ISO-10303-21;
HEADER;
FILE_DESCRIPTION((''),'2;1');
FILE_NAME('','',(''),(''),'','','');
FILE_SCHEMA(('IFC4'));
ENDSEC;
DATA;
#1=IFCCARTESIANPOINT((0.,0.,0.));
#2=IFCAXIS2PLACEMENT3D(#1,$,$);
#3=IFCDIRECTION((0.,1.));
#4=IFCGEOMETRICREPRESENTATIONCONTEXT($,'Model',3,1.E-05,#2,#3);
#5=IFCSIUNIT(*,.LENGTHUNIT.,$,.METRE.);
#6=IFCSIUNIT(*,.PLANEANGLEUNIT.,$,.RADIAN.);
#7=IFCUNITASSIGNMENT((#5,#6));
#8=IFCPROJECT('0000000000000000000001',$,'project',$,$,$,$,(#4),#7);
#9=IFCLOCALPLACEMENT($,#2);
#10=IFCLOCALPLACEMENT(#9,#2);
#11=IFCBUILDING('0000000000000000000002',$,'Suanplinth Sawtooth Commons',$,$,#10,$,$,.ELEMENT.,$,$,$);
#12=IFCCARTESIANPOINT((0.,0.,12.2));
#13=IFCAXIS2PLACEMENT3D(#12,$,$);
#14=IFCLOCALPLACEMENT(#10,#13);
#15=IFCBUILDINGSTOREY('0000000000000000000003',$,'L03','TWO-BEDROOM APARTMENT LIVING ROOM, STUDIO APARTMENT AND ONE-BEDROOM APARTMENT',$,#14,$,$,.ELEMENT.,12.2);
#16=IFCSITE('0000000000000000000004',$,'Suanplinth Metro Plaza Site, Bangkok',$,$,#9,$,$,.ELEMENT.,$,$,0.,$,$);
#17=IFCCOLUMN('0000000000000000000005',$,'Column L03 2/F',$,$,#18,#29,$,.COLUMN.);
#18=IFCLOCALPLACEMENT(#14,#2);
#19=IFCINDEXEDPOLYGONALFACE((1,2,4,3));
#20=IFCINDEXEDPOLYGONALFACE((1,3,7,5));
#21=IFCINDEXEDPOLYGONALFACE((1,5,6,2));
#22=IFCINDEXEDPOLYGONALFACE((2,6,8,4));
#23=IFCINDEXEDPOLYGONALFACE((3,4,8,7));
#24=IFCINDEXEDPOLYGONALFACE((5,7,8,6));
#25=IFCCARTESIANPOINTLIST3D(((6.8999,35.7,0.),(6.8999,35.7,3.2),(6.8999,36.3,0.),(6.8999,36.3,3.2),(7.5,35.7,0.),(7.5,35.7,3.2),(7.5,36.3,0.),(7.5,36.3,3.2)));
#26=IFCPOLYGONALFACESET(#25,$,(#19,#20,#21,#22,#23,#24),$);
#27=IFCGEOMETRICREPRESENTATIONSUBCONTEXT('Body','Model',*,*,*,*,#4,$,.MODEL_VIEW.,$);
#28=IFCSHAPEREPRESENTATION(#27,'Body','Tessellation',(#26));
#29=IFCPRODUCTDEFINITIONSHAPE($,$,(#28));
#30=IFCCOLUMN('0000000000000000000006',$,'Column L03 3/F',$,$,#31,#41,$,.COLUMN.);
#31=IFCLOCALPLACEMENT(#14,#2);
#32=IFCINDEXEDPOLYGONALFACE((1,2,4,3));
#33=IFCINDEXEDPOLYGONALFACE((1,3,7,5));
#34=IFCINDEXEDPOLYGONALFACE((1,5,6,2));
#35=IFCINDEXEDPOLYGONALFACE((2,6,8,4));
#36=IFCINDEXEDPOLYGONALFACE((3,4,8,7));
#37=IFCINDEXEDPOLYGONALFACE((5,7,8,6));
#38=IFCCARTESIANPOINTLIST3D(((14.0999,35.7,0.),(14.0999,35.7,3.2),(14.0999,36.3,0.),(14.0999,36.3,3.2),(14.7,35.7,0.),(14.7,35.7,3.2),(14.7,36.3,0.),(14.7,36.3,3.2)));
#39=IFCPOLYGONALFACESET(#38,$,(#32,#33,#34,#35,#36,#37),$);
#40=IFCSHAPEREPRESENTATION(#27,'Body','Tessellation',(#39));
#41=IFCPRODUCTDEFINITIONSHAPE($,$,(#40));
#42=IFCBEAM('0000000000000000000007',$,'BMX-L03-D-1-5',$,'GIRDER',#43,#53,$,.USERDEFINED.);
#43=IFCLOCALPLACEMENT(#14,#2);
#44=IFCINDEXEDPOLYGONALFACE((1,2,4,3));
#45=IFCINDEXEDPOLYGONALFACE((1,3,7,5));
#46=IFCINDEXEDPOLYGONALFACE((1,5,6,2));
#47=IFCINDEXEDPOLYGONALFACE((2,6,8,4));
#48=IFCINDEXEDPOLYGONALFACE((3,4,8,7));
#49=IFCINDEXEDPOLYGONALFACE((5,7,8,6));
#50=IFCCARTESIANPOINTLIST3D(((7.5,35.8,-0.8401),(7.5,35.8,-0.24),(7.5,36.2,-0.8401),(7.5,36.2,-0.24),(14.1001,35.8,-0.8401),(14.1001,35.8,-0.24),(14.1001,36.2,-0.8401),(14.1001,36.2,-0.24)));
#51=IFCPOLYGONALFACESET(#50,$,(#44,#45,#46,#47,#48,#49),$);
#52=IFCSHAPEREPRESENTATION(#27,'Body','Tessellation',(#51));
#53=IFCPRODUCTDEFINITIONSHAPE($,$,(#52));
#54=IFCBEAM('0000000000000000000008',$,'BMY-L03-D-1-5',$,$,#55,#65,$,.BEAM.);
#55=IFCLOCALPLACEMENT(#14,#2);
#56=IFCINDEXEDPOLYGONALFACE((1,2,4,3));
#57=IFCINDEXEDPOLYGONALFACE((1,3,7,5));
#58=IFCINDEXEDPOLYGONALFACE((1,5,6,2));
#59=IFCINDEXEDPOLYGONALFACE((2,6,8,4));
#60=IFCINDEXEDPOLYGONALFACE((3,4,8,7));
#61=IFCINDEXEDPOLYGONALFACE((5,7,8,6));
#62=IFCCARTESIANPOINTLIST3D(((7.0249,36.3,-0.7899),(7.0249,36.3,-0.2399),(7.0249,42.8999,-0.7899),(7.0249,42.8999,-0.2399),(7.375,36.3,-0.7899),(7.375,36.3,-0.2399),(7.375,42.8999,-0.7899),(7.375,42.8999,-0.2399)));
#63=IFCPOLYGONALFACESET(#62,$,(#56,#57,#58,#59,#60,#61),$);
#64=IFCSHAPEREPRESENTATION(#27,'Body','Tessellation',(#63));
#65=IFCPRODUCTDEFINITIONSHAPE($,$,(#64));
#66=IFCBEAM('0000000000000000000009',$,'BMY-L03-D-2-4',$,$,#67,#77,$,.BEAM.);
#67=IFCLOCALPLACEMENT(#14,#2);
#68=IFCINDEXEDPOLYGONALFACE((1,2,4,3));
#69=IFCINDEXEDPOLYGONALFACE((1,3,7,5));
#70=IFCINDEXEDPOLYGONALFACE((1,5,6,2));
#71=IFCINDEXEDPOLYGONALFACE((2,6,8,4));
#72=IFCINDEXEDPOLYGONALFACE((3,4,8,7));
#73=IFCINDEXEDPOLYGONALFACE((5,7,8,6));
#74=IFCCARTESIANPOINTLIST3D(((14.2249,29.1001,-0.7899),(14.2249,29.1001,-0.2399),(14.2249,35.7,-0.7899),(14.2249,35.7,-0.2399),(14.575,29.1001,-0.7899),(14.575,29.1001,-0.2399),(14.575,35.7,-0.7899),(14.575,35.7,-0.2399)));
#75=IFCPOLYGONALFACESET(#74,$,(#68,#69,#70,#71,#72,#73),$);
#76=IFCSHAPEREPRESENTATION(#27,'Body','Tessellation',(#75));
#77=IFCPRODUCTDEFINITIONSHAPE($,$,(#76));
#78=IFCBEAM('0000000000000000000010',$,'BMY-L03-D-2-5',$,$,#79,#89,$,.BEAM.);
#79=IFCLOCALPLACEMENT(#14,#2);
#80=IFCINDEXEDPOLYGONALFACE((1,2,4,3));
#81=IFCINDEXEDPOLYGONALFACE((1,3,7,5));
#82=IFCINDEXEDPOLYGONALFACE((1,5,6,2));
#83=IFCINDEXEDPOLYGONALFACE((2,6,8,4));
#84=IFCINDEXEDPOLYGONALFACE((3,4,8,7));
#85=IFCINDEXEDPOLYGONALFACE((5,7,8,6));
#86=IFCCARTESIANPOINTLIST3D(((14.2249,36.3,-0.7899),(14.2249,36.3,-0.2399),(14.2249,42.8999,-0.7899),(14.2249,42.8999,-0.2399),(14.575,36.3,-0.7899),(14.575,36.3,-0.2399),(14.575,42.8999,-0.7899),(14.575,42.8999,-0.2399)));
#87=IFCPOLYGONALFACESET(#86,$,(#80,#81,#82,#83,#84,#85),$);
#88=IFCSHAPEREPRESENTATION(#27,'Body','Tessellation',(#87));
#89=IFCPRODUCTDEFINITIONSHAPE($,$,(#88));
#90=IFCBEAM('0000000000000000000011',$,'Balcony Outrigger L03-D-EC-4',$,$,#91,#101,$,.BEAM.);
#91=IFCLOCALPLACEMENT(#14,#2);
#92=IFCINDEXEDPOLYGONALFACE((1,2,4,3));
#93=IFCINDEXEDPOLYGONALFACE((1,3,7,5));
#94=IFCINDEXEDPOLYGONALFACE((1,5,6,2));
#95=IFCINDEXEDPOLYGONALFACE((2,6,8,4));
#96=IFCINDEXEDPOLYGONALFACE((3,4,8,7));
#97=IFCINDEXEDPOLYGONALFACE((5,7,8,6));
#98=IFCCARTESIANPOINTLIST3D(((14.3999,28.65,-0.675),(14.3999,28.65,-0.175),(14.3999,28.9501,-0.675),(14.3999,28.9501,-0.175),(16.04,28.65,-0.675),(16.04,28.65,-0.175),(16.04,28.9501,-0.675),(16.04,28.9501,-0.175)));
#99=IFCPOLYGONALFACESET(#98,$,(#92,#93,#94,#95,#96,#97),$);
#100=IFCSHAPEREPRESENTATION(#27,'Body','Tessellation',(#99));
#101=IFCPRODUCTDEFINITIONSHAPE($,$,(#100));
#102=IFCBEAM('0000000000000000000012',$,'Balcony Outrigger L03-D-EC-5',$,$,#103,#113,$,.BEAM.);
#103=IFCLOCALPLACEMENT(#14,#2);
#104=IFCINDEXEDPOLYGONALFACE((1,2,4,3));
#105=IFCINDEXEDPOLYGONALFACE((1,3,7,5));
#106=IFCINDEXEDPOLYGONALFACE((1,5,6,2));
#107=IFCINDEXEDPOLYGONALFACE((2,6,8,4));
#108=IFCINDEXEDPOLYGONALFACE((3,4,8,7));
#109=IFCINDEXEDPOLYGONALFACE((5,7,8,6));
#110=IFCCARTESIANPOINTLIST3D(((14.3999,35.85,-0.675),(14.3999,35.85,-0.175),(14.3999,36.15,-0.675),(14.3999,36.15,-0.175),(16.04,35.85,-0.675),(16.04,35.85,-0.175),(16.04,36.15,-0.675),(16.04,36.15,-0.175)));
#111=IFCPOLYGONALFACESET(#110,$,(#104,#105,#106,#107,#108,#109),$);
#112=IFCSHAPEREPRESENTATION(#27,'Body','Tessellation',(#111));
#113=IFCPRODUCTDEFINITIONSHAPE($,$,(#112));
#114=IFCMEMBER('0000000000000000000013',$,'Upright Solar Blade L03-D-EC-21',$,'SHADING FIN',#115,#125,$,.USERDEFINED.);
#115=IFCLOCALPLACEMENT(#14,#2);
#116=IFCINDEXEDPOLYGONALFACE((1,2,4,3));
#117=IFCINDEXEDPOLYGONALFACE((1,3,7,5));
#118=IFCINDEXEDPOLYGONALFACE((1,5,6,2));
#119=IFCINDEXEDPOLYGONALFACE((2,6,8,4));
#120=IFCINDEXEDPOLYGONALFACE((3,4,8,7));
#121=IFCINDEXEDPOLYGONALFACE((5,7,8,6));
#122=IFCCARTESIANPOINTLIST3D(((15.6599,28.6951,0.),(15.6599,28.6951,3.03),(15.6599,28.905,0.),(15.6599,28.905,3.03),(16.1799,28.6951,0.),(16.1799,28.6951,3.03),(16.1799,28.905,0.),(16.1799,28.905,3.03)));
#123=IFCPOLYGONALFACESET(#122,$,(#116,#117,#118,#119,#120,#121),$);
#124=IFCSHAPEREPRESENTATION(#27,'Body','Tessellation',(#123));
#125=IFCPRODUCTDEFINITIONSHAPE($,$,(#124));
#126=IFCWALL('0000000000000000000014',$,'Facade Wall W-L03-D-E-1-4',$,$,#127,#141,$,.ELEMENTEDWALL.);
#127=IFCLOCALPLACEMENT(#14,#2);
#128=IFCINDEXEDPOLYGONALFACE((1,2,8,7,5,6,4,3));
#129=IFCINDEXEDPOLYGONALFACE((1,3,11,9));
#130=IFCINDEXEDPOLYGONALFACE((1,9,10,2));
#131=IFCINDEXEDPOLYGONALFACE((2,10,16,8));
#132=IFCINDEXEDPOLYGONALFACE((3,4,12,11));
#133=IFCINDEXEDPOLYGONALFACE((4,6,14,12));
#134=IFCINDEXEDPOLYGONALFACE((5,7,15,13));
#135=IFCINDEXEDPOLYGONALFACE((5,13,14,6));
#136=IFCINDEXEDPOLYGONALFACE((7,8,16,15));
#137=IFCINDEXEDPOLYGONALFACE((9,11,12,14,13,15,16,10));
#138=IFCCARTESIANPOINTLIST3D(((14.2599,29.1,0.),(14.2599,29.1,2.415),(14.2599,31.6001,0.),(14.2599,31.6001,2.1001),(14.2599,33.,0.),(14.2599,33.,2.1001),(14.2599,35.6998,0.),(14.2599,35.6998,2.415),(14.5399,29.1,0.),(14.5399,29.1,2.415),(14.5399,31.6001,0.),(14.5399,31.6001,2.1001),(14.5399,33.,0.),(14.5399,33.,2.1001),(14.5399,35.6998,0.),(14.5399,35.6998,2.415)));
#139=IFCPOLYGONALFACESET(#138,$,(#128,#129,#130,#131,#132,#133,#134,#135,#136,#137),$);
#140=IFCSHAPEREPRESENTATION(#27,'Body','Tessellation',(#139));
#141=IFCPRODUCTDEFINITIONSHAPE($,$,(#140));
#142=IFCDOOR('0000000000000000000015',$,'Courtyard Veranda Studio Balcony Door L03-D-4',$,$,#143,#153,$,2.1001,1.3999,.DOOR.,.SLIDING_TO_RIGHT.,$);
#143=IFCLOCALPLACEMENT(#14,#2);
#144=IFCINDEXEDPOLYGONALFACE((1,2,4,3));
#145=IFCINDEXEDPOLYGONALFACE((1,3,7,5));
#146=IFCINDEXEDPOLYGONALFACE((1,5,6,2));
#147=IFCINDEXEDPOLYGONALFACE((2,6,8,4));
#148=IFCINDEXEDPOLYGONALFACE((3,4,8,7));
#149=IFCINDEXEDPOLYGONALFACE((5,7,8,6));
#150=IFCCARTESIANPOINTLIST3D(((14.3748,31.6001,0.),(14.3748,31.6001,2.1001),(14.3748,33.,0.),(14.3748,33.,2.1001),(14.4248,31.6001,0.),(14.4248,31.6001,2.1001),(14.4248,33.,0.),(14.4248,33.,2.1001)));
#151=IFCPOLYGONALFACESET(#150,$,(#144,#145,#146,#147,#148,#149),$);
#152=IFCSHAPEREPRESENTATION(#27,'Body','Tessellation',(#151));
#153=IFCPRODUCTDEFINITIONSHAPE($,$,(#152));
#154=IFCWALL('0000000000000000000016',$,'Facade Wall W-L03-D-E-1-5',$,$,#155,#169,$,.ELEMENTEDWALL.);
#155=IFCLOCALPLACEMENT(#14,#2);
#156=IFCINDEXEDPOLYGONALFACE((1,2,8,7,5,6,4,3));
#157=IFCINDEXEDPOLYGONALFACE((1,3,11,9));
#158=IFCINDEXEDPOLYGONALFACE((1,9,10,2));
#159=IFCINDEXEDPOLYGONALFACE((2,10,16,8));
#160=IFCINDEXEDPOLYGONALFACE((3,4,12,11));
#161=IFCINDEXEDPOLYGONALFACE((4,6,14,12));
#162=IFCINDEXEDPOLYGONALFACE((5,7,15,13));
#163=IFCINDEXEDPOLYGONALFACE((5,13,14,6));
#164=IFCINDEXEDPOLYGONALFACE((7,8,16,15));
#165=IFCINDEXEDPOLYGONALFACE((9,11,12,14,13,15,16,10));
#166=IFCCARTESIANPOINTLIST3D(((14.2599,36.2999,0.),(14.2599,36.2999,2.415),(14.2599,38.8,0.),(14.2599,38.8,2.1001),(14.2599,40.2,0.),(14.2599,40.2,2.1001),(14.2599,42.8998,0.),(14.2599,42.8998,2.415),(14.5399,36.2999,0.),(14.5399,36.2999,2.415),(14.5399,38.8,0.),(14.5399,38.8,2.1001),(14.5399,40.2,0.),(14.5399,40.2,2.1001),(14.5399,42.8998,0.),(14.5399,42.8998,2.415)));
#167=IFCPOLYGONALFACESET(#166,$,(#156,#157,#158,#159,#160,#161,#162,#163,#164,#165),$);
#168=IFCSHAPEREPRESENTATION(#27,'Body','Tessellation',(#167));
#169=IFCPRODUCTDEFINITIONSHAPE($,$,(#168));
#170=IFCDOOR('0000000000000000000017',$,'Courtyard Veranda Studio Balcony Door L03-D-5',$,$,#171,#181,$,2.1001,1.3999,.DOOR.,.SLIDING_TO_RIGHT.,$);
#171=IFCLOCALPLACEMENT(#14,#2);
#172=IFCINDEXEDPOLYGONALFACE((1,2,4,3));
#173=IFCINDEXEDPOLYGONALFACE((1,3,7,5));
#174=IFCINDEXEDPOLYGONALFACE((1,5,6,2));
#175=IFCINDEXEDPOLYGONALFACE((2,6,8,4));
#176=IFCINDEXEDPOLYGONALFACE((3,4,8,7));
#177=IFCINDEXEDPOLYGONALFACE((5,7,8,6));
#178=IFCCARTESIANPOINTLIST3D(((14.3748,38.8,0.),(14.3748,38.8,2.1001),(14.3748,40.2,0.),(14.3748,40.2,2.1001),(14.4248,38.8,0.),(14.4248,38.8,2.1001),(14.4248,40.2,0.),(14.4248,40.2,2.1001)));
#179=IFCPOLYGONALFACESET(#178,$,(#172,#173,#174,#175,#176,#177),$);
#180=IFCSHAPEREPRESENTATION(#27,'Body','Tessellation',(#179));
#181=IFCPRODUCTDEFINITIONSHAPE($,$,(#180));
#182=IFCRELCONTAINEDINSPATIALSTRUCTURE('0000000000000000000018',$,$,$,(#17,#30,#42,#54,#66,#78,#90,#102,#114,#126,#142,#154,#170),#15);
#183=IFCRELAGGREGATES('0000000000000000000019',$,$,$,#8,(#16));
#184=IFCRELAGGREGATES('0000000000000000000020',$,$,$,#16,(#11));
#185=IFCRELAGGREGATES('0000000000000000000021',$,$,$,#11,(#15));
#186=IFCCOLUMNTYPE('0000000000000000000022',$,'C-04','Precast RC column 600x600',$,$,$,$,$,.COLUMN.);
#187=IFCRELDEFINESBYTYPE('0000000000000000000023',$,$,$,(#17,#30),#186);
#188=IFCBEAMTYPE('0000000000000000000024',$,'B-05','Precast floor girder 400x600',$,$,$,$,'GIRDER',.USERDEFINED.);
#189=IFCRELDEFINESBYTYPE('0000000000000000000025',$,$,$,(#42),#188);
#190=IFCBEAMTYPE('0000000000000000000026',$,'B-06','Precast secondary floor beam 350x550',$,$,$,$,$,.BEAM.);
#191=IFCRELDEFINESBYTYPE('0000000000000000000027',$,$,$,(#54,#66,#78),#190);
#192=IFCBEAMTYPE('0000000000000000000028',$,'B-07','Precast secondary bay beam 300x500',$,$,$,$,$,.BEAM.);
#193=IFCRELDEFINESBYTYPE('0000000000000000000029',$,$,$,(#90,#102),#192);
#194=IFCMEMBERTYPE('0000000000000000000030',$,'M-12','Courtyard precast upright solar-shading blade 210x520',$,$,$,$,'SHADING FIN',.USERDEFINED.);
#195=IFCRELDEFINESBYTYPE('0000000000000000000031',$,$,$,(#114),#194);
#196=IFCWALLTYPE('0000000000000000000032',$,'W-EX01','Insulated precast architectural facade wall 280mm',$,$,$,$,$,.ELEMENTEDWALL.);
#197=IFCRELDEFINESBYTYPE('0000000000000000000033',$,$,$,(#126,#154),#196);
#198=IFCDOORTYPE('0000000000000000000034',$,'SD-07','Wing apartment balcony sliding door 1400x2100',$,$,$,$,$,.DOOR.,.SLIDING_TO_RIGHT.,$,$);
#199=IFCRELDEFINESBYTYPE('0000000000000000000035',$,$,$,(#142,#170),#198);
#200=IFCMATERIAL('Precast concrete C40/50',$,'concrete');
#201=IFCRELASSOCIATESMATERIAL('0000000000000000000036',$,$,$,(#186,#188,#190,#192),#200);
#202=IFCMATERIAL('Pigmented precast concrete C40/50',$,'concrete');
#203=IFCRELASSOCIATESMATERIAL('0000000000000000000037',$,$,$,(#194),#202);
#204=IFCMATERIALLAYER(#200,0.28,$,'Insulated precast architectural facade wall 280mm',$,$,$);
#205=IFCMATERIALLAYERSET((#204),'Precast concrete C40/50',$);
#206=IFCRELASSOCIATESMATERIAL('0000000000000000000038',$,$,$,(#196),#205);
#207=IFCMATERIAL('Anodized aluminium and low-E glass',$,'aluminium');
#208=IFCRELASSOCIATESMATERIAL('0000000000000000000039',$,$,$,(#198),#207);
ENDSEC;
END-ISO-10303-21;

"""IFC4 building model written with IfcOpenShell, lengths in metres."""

from ifc_helpers import new_model, si_unit, direction, frame, frame_2d, origin, origin_2d, place, context, subcontext, project, spatial, rectangle, extrude, material, layer, layer_set, material_profile, profile_set, type_object, element, fill, save


model = new_model("IFC4")

# Units and contexts
model_context = context("Model", 3, precision=1e-05, world=origin(), true_north=direction((0.0, 1.0)))
body_context = subcontext(model_context, "Body", "Model", "MODEL_VIEW")
ifc_project = project(units=[si_unit("LENGTHUNIT", "METRE"), si_unit("PLANEANGLEUNIT", "RADIAN")], contexts=[model_context])

# Site, building, storey
site_placement = place(None, origin())
site = spatial("IfcSite", under=ifc_project, at=site_placement, Name="Suanplinth Metro Plaza Site, Bangkok", CompositionType="ELEMENT", RefElevation=0.0)
building_placement = place(site_placement, origin())
building = spatial("IfcBuilding", under=site, at=building_placement, Name="Suanplinth Sawtooth Commons", CompositionType="ELEMENT")
storey_placement = place(building_placement, frame((0.0, 0.0, 12.2)))
storey = spatial("IfcBuildingStorey", under=building, at=storey_placement, Name="L03", Description="TWO-BEDROOM APARTMENT LIVING ROOM, STUDIO APARTMENT AND ONE-BEDROOM APARTMENT", CompositionType="ELEMENT", Elevation=12.2)

# Columns
ifc_material_1 = material(Name="Precast concrete C40/50", Category="concrete")
ifc_material_profile_1 = material_profile(ifc_material_1, rectangle(XDim=0.6001, YDim=0.6001, at=origin_2d()), Name="PC-COL 600x600")
ifc_profile_set_1 = profile_set([ifc_material_profile_1], Name="Precast concrete C40/50")
column_type = type_object("IfcColumnType", Name="C-04", Description="Precast RC column 600x600", PredefinedType="COLUMN", material=ifc_profile_set_1)
for number, where, z_axis, x_axis, name in (
    (1, (7.2, 36.0, 0.0), (0.0, 0.0, 1.0), (1.0, 0.0, 0.0), "Column L03 2/F"),
    (2, (14.3999, 36.0, 0.0), (0.0, 0.0, 1.0), (1.0, 0.0, 0.0), "Column L03 3/F"),
):
    element("IfcColumn", number, at=place(storey_placement, frame(where, z_axis=z_axis, x_axis=x_axis)), inside=storey, type_object=column_type, Name=name, PredefinedType="COLUMN", context=body_context, shape_type="SweptSolid", body=[
        extrude(rectangle(XDim=0.6001, YDim=0.6001, at=origin_2d()), origin(), (0.0, 0.0, 1.0), 3.2),
    ])

# Beams
ifc_material_profile_2 = material_profile(ifc_material_1, rectangle(XDim=0.3999, YDim=0.6001, at=origin_2d()), Name="PC-GDR 400x600")
ifc_profile_set_2 = profile_set([ifc_material_profile_2], Name="Precast concrete C40/50")
beam_type_1 = type_object("IfcBeamType", Name="B-05", Description="Precast floor girder 400x600", ElementType="GIRDER", PredefinedType="USERDEFINED", material=ifc_profile_set_2)
beam_placement = place(storey_placement, frame((7.5, 36.0, -0.54), z_axis=(1.0, 0.0, 0.0), x_axis=(0.0, 1.0, 0.0)))
element("IfcBeam", 3, at=beam_placement, inside=storey, type_object=beam_type_1, Name="BMX-L03-D-1-5", ObjectType="GIRDER", PredefinedType="USERDEFINED", context=body_context, shape_type="SweptSolid", body=[
    extrude(rectangle(XDim=0.3999, YDim=0.6001, at=origin_2d()), origin(), (0.0, 0.0, 1.0), 6.6001),
])
ifc_material_profile_3 = material_profile(ifc_material_1, rectangle(XDim=0.3501, YDim=0.55, at=origin_2d()), Name="PC-BM 350x550")
ifc_profile_set_3 = profile_set([ifc_material_profile_3], Name="Precast concrete C40/50")
beam_type_2 = type_object("IfcBeamType", Name="B-06", Description="Precast secondary floor beam 350x550", PredefinedType="BEAM", material=ifc_profile_set_3)
for number, where, z_axis, x_axis, name in (
    (4, (7.2, 36.3, -0.5149), (0.0, 1.0, 0.0), (-1.0, 0.0, 0.0), "BMY-L03-D-1-5"),
    (5, (14.3999, 29.1001, -0.5149), (0.0, 1.0, 0.0), (-1.0, 0.0, 0.0), "BMY-L03-D-2-4"),
    (6, (14.3999, 36.3, -0.5149), (0.0, 1.0, 0.0), (-1.0, 0.0, 0.0), "BMY-L03-D-2-5"),
):
    element("IfcBeam", number, at=place(storey_placement, frame(where, z_axis=z_axis, x_axis=x_axis)), inside=storey, type_object=beam_type_2, Name=name, PredefinedType="BEAM", context=body_context, shape_type="SweptSolid", body=[
        extrude(rectangle(XDim=0.3501, YDim=0.55, at=origin_2d()), origin(), (0.0, 0.0, 1.0), 6.5999),
    ])
ifc_material_profile_4 = material_profile(ifc_material_1, rectangle(XDim=0.3, YDim=0.5, at=origin_2d()), Name="PC-BM 300x500")
ifc_profile_set_4 = profile_set([ifc_material_profile_4], Name="Precast concrete C40/50")
beam_type_3 = type_object("IfcBeamType", Name="B-07", Description="Precast secondary bay beam 300x500", PredefinedType="BEAM", material=ifc_profile_set_4)
for number, where, z_axis, x_axis, name in (
    (7, (14.3999, 28.8, -0.425), (1.0, 0.0, 0.0), (0.0, 1.0, 0.0), "Balcony Outrigger L03-D-EC-4"),
    (8, (14.3999, 36.0, -0.425), (1.0, 0.0, 0.0), (0.0, 1.0, 0.0), "Balcony Outrigger L03-D-EC-5"),
):
    element("IfcBeam", number, at=place(storey_placement, frame(where, z_axis=z_axis, x_axis=x_axis)), inside=storey, type_object=beam_type_3, Name=name, PredefinedType="BEAM", context=body_context, shape_type="SweptSolid", body=[
        extrude(rectangle(XDim=0.3, YDim=0.5, at=origin_2d()), origin(), (0.0, 0.0, 1.0), 1.6401),
    ])

# Member
ifc_material_2 = material(Name="Pigmented precast concrete C40/50", Category="concrete")
ifc_material_profile_5 = material_profile(ifc_material_2, rectangle(XDim=0.21, YDim=0.52, at=origin_2d()), Name="PC-FIN 210x520")
ifc_profile_set_5 = profile_set([ifc_material_profile_5], Name="Pigmented precast concrete C40/50")
member_type = type_object("IfcMemberType", Name="M-12", Description="Courtyard precast upright solar-shading blade 210x520", ElementType="SHADING FIN", PredefinedType="USERDEFINED", material=ifc_profile_set_5)
member_placement = place(storey_placement, frame((15.9199, 28.8, 0.0), z_axis=(0.0, 0.0, 1.0), x_axis=(0.0, 1.0, 0.0)))
element("IfcMember", 9, at=member_placement, inside=storey, type_object=member_type, Name="Upright Solar Blade L03-D-EC-21", ObjectType="SHADING FIN", PredefinedType="USERDEFINED", context=body_context, shape_type="SweptSolid", body=[
    extrude(rectangle(XDim=0.21, YDim=0.52, at=origin_2d()), origin(), (0.0, 0.0, 1.0), 3.03),
])

# Walls, openings, doors
ifc_layer_1 = layer(ifc_material_1, 0.28, Name="Insulated precast architectural facade wall 280mm")
ifc_layer_set_1 = layer_set([ifc_layer_1], Name="Precast concrete C40/50")
wall_type_1 = type_object("IfcWallType", Name="W-EX01", Description="Insulated precast architectural facade wall 280mm", PredefinedType="ELEMENTEDWALL", material=ifc_layer_set_1)
wall_1_placement = place(storey_placement, frame((14.3999, 29.1001, 0.0), z_axis=(0.0, 0.0, 1.0), x_axis=(0.0, 1.0, 0.0)))
wall_1 = element("IfcWall", 10, at=wall_1_placement, inside=storey, type_object=wall_type_1, Name="Facade Wall W-L03-D-E-1-4", PredefinedType="ELEMENTEDWALL", context=body_context, shape_type="SweptSolid", body=[
    extrude(rectangle(XDim=6.5999, YDim=0.28, at=frame_2d((3.2998, 0.0))), origin(), (0.0, 0.0, 1.0), 2.415),
])
opening_1_placement = place(wall_1_placement, frame((2.5, 0.0, 0.0)))
opening_1 = element("IfcOpeningElement", 11, at=opening_1_placement, cuts=wall_1, PredefinedType="OPENING", context=body_context, shape_type="SweptSolid", body=[
    extrude(rectangle(XDim=1.3999, YDim=2.1001, at=frame_2d((0.7, 1.05))), frame((0.0, 0.1548, 0.0), z_axis=(0.0, -1.0, 0.0), x_axis=(1.0, 0.0, 0.0)), (0.0, 0.0, 1.0), 0.3098),
])
ifc_material_3 = material(Name="Anodized aluminium and low-E glass", Category="aluminium")
door_type_1 = type_object("IfcDoorType", Name="SD-07", Description="Wing apartment balcony sliding door 1400x2100", OperationType="SLIDING_TO_RIGHT", PredefinedType="DOOR", material=ifc_material_3)
door_1_placement = place(opening_1_placement, frame((1.3999, 0.0, 0.0), z_axis=(0.0, 0.0, 1.0), x_axis=(-1.0, 0.0, 0.0)))
door_1 = element("IfcDoor", 12, at=door_1_placement, inside=storey, type_object=door_type_1, Name="Courtyard Veranda Studio Balcony Door L03-D-4", OperationType="SLIDING_TO_RIGHT", OverallHeight=2.1001, OverallWidth=1.3999, PredefinedType="DOOR", context=body_context, shape_type="SweptSolid", body=[
    extrude(rectangle(XDim=1.3999, YDim=2.1001, at=frame_2d((0.7, 1.05))), frame((0.0, 0.0249, 0.0), z_axis=(0.0, -1.0, 0.0), x_axis=(1.0, 0.0, 0.0)), (0.0, 0.0, 1.0), 0.05),
])
fill(opening_1, door_1)
wall_2_placement = place(storey_placement, frame((14.3999, 36.3, 0.0), z_axis=(0.0, 0.0, 1.0), x_axis=(0.0, 1.0, 0.0)))
wall_2 = element("IfcWall", 13, at=wall_2_placement, inside=storey, type_object=wall_type_1, Name="Facade Wall W-L03-D-E-1-5", PredefinedType="ELEMENTEDWALL", context=body_context, shape_type="SweptSolid", body=[
    extrude(rectangle(XDim=6.5999, YDim=0.28, at=frame_2d((3.2998, 0.0))), origin(), (0.0, 0.0, 1.0), 2.415),
])
opening_2_placement = place(wall_2_placement, frame((2.5, 0.0, 0.0)))
opening_2 = element("IfcOpeningElement", 14, at=opening_2_placement, cuts=wall_2, PredefinedType="OPENING", context=body_context, shape_type="SweptSolid", body=[
    extrude(rectangle(XDim=1.3999, YDim=2.1001, at=frame_2d((0.7, 1.05))), frame((0.0, 0.1548, 0.0), z_axis=(0.0, -1.0, 0.0), x_axis=(1.0, 0.0, 0.0)), (0.0, 0.0, 1.0), 0.3098),
])
door_2_placement = place(opening_2_placement, frame((1.3999, 0.0, 0.0), z_axis=(0.0, 0.0, 1.0), x_axis=(-1.0, 0.0, 0.0)))
door_2 = element("IfcDoor", 15, at=door_2_placement, inside=storey, type_object=door_type_1, Name="Courtyard Veranda Studio Balcony Door L03-D-5", OperationType="SLIDING_TO_RIGHT", OverallHeight=2.1001, OverallWidth=1.3999, PredefinedType="DOOR", context=body_context, shape_type="SweptSolid", body=[
    extrude(rectangle(XDim=1.3999, YDim=2.1001, at=frame_2d((0.7, 1.05))), frame((0.0, 0.0249, 0.0), z_axis=(0.0, -1.0, 0.0), x_axis=(1.0, 0.0, 0.0)), (0.0, 0.0, 1.0), 0.05),
])
fill(opening_2, door_2)

save(model, "model.ifc")
